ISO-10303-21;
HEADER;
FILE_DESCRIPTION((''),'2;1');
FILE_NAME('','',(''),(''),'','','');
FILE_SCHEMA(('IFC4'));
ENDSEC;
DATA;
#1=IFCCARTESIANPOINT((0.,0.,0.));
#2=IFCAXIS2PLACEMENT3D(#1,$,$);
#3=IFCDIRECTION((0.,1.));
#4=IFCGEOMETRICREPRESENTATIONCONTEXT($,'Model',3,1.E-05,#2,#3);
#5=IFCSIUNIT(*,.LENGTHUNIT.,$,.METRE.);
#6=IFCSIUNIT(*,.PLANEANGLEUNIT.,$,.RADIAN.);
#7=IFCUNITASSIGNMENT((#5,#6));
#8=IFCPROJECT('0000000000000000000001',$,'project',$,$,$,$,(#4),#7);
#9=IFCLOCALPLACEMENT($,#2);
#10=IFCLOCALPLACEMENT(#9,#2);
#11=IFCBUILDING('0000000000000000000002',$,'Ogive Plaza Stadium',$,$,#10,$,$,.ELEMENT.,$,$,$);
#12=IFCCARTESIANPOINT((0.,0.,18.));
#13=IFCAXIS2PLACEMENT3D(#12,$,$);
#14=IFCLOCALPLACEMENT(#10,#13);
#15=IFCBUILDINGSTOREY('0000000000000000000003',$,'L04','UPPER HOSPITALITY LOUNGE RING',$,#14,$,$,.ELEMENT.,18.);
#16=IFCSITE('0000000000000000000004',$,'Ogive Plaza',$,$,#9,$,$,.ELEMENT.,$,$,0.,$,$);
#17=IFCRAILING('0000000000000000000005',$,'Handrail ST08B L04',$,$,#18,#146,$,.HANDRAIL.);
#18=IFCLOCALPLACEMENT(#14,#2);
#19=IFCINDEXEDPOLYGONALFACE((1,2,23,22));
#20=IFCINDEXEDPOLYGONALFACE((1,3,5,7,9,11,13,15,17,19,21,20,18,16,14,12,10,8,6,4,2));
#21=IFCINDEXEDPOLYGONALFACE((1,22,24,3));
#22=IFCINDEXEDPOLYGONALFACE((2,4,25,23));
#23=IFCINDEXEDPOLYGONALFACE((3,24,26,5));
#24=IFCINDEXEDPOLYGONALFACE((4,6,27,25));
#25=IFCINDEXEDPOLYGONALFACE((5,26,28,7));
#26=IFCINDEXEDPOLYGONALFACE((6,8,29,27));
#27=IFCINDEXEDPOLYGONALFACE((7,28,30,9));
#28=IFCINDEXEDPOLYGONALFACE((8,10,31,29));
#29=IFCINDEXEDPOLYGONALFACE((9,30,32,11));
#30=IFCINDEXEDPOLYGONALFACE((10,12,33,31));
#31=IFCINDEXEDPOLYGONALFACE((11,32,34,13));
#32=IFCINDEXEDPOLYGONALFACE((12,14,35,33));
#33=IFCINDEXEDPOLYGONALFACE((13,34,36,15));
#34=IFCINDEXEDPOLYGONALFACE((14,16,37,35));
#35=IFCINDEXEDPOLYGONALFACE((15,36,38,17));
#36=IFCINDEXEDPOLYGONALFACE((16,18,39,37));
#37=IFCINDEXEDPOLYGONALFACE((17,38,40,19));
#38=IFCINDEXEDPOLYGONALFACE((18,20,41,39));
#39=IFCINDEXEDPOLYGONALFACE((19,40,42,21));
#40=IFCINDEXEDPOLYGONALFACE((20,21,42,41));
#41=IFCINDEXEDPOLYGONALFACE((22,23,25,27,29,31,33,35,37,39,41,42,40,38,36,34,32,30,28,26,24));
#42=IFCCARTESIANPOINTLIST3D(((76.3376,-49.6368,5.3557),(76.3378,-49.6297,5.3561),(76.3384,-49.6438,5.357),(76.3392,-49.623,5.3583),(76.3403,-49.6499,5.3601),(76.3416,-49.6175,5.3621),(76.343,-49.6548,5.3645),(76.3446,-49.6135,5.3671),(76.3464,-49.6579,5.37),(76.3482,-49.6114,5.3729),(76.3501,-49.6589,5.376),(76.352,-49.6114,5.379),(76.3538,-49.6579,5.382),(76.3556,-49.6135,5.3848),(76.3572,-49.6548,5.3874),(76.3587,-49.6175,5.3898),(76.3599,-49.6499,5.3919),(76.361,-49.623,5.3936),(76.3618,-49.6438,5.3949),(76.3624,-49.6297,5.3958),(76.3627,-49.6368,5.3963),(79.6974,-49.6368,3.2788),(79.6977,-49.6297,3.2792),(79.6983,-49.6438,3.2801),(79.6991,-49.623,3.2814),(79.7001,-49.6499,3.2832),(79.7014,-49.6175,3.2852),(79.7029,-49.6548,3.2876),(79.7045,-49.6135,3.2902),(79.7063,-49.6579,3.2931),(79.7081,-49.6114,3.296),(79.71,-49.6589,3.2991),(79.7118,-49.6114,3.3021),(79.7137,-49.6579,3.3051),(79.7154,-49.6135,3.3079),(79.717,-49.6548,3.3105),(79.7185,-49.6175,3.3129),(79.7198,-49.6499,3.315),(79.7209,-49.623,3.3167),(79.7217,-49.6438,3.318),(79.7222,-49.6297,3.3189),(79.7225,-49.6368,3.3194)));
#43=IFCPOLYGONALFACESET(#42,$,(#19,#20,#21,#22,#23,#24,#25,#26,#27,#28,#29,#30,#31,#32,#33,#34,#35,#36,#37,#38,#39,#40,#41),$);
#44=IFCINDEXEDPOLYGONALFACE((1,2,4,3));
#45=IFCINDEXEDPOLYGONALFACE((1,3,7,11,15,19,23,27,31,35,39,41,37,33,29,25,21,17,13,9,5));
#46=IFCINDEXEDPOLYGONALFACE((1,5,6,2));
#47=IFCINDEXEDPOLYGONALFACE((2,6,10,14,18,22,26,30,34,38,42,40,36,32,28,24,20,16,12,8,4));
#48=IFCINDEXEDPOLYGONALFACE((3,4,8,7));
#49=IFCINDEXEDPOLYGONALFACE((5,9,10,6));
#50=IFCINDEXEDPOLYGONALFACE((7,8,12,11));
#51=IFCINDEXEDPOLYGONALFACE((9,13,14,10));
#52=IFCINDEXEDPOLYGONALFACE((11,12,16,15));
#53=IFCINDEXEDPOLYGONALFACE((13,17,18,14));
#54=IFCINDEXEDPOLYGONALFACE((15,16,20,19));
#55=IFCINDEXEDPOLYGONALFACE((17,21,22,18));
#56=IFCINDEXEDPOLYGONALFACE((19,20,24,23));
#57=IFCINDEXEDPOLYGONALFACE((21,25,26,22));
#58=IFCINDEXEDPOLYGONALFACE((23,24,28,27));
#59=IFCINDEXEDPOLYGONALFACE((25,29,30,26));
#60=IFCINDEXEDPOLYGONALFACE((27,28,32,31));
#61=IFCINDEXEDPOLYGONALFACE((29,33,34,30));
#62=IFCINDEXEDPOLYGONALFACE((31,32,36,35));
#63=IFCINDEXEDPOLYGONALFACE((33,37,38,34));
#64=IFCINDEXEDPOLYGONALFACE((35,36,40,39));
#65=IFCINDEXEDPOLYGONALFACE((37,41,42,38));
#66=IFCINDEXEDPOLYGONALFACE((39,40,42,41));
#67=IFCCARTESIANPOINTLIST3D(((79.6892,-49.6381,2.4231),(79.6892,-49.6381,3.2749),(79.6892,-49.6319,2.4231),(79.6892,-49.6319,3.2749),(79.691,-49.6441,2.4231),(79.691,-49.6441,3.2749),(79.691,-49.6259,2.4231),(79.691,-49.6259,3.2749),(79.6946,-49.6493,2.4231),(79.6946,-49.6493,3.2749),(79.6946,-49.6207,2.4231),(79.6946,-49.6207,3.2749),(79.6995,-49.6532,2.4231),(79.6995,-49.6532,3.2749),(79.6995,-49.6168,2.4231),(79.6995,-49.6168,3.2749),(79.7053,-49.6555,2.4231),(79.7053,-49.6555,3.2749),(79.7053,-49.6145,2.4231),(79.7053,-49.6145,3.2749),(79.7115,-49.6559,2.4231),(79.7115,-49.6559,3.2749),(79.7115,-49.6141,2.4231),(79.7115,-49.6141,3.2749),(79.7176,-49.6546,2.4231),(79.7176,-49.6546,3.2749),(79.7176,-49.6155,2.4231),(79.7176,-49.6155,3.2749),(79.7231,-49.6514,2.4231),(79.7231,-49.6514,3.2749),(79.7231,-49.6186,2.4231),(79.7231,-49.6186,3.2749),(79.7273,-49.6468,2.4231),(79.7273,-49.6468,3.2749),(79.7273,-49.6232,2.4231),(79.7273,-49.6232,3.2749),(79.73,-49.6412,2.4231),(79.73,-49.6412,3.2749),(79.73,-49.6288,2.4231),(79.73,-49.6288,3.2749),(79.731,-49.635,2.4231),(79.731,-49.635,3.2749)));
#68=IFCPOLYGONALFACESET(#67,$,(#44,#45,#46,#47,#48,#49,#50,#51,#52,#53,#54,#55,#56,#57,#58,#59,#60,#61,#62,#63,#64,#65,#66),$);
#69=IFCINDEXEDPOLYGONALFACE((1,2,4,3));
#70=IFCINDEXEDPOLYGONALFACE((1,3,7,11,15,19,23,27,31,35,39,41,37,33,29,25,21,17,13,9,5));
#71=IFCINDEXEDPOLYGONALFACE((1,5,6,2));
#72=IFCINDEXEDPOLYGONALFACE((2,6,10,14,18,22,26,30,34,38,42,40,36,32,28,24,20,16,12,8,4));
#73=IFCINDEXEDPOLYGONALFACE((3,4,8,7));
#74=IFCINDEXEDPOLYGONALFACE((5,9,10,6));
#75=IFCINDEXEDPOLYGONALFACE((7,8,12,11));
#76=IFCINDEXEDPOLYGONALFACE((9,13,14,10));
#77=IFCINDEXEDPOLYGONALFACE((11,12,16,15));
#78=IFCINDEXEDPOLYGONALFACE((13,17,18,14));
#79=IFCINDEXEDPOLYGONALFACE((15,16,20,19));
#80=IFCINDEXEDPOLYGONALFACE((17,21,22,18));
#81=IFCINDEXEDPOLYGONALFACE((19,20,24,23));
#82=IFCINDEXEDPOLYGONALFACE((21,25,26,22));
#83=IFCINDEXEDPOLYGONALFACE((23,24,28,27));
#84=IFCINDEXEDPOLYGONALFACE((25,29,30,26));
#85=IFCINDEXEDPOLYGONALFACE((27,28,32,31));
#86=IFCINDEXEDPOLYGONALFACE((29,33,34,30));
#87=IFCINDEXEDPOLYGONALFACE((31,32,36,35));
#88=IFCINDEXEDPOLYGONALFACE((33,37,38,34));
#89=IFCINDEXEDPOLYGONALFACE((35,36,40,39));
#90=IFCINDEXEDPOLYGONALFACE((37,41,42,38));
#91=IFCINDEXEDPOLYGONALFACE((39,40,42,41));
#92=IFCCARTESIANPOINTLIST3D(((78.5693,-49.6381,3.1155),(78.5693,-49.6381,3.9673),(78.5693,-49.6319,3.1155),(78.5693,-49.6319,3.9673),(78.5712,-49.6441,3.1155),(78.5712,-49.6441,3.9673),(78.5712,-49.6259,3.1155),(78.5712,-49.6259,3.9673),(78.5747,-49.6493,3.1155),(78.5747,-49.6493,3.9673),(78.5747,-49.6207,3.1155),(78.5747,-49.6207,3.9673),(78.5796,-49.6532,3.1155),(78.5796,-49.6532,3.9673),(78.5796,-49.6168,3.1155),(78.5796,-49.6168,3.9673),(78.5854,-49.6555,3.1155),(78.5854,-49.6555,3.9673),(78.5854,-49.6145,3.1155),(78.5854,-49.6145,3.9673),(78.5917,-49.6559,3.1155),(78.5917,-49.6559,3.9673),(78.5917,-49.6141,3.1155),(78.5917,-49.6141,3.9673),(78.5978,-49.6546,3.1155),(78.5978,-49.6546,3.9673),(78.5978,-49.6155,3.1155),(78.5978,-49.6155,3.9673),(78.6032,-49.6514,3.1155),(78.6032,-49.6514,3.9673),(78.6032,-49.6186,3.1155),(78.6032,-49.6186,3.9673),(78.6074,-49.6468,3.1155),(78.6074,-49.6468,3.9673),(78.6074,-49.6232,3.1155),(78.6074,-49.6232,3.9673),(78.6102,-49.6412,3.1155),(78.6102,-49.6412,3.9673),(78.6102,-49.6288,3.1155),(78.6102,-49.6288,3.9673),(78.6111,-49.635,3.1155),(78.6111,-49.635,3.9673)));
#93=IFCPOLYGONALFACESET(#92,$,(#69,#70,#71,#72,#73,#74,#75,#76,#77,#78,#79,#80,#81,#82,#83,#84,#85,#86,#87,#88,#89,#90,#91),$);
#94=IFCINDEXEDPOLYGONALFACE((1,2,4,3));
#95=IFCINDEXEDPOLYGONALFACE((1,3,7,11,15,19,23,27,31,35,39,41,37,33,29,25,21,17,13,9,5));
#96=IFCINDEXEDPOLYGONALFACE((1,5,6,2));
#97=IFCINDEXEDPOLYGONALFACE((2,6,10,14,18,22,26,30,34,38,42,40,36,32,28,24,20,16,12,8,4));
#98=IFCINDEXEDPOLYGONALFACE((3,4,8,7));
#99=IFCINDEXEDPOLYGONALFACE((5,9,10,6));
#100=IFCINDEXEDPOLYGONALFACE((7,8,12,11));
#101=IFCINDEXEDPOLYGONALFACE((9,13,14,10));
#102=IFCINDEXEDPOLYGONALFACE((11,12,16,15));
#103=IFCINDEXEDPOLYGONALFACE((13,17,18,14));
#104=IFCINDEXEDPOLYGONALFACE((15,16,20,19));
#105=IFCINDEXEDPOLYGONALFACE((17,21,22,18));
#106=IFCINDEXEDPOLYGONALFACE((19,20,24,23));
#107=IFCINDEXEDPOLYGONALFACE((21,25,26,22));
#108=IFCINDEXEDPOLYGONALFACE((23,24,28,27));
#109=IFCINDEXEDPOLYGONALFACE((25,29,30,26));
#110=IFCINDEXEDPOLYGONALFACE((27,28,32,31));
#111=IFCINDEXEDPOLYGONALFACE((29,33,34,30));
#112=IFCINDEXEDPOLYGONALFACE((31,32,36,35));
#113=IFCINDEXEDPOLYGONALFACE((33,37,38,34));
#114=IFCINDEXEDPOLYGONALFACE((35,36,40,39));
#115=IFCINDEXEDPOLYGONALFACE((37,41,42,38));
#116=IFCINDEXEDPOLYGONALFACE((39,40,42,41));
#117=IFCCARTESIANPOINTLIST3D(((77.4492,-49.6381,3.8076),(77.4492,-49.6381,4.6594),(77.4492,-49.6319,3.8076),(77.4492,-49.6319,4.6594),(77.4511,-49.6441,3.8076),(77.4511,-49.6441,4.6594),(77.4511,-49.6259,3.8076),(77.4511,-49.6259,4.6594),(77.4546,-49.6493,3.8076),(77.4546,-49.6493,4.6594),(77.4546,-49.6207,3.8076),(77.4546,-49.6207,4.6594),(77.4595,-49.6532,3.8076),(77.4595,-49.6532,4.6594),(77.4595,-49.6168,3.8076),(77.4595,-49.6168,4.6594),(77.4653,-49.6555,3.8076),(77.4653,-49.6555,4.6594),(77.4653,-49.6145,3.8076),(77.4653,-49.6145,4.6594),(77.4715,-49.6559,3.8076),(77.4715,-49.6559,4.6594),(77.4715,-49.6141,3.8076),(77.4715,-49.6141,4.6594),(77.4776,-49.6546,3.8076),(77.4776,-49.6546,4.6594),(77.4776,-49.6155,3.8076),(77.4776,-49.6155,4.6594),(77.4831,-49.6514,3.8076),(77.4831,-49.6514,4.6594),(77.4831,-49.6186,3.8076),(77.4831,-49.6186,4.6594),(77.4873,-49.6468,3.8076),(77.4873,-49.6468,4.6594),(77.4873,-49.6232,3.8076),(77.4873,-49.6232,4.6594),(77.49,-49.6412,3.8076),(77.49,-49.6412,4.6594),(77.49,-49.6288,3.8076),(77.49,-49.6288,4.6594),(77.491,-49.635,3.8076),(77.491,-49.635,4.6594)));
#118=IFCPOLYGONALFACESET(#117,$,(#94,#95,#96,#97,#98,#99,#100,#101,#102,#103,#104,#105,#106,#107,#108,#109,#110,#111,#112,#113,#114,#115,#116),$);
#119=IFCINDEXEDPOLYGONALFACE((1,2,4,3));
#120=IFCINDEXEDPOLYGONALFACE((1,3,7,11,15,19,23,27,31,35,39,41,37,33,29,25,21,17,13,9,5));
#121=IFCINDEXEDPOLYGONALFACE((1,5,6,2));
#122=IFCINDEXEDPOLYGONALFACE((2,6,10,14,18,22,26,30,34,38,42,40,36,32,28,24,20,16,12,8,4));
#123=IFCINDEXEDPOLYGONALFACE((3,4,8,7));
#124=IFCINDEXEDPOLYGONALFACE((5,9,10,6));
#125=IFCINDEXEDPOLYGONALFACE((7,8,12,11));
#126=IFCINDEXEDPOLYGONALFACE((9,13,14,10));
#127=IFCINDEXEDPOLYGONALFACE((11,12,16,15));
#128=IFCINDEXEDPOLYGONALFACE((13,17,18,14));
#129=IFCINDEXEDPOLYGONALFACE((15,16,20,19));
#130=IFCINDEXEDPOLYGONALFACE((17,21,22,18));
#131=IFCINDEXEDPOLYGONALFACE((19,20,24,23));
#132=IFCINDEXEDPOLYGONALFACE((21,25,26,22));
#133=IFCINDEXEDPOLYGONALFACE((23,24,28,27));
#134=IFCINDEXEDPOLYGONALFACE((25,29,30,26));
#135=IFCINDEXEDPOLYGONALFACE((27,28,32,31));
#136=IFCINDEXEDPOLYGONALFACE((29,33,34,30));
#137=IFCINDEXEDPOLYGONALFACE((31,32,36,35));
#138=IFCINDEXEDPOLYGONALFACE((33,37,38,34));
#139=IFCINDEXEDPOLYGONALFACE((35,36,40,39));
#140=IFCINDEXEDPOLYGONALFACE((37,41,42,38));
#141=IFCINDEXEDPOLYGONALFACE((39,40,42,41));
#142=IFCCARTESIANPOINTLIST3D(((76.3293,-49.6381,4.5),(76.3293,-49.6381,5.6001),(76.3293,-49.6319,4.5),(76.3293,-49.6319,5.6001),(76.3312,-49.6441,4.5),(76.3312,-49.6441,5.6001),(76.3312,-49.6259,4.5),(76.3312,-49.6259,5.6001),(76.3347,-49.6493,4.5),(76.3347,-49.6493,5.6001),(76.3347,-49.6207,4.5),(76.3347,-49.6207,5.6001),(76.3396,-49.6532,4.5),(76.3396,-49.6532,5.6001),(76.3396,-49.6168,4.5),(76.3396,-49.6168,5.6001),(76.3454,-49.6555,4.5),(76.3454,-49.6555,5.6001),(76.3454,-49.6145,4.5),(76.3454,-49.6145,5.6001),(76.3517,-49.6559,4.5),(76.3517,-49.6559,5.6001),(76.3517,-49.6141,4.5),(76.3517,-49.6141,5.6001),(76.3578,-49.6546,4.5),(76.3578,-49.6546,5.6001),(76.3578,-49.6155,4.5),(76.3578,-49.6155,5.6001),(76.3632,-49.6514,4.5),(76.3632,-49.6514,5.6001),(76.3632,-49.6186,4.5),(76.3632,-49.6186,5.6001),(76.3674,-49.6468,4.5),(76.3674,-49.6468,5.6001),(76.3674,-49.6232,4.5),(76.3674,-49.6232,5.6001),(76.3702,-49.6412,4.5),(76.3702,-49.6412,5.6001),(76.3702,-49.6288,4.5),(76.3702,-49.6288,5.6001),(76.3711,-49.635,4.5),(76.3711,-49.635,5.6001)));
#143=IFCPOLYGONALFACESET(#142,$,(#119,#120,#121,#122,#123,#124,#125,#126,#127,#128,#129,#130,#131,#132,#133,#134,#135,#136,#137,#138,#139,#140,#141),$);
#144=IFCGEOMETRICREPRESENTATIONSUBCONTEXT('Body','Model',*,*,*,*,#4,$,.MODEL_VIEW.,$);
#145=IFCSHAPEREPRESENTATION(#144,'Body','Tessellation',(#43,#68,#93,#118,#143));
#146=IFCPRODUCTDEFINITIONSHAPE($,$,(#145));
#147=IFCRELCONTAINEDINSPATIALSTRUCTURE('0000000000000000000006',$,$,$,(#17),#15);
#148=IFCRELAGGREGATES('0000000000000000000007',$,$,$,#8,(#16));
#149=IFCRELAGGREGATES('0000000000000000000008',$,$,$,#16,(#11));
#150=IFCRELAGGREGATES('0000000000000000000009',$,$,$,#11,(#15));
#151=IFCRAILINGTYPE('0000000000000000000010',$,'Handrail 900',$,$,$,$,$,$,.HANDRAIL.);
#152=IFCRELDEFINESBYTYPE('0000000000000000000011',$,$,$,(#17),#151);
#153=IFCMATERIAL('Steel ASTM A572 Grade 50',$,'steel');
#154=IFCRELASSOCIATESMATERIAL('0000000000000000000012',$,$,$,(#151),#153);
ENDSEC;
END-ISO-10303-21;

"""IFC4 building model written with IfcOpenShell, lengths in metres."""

from ifc_helpers import new_model, si_unit, direction, frame, origin, origin_2d, place, context, subcontext, project, spatial, circle, extrude, material, type_object, element, save


model = new_model("IFC4")

# Units and contexts
model_context = context("Model", 3, precision=1e-05, world=origin(), true_north=direction((0.0, 1.0)))
body_context = subcontext(model_context, "Body", "Model", "MODEL_VIEW")
ifc_project = project(units=[si_unit("LENGTHUNIT", "METRE"), si_unit("PLANEANGLEUNIT", "RADIAN")], contexts=[model_context])

# Site, building, storey
site_placement = place(None, origin())
site = spatial("IfcSite", under=ifc_project, at=site_placement, Name="Ogive Plaza", CompositionType="ELEMENT", RefElevation=0.0)
building_placement = place(site_placement, origin())
building = spatial("IfcBuilding", under=site, at=building_placement, Name="Ogive Plaza Stadium", CompositionType="ELEMENT")
storey_placement = place(building_placement, frame((0.0, 0.0, 18.0)))
storey = spatial("IfcBuildingStorey", under=building, at=storey_placement, Name="L04", Description="UPPER HOSPITALITY LOUNGE RING", CompositionType="ELEMENT", Elevation=18.0)

# Railing
ifc_material_1 = material(Name="Steel ASTM A572 Grade 50", Category="steel")
railing_type = type_object("IfcRailingType", Name="Handrail 900", PredefinedType="HANDRAIL", material=ifc_material_1)
for number, where, name in (
    (1, (79.71, -49.635, 2.4231), "Handrail ST08B L04"),
):
    element("IfcRailing", number, at=place(storey_placement, frame(where)), inside=storey, type_object=railing_type, Name=name, PredefinedType="HANDRAIL", context=body_context, shape_type="SweptSolid", body=[
        extrude(circle(Radius=0.0239, at=origin_2d()), frame((0.0, 0.0, 0.876), z_axis=(-0.850606, 0.0, 0.525803), x_axis=(0.0, -1.0, 0.0)), (0.0, 0.0, 1.0), 3.95),
        extrude(circle(Radius=0.021, at=origin_2d()), origin(), (0.0, 0.0, 1.0), 0.8518),
        extrude(circle(Radius=0.021, at=origin_2d()), frame((-1.1199, 0.0, 0.6924)), (0.0, 0.0, 1.0), 0.8518),
        extrude(circle(Radius=0.021, at=origin_2d()), frame((-2.24, 0.0, 1.3845)), (0.0, 0.0, 1.0), 0.8518),
        extrude(circle(Radius=0.021, at=origin_2d()), frame((-3.3599, 0.0, 2.0769)), (0.0, 0.0, 1.0), 1.1001),
    ])

save(model, "model.ifc")
